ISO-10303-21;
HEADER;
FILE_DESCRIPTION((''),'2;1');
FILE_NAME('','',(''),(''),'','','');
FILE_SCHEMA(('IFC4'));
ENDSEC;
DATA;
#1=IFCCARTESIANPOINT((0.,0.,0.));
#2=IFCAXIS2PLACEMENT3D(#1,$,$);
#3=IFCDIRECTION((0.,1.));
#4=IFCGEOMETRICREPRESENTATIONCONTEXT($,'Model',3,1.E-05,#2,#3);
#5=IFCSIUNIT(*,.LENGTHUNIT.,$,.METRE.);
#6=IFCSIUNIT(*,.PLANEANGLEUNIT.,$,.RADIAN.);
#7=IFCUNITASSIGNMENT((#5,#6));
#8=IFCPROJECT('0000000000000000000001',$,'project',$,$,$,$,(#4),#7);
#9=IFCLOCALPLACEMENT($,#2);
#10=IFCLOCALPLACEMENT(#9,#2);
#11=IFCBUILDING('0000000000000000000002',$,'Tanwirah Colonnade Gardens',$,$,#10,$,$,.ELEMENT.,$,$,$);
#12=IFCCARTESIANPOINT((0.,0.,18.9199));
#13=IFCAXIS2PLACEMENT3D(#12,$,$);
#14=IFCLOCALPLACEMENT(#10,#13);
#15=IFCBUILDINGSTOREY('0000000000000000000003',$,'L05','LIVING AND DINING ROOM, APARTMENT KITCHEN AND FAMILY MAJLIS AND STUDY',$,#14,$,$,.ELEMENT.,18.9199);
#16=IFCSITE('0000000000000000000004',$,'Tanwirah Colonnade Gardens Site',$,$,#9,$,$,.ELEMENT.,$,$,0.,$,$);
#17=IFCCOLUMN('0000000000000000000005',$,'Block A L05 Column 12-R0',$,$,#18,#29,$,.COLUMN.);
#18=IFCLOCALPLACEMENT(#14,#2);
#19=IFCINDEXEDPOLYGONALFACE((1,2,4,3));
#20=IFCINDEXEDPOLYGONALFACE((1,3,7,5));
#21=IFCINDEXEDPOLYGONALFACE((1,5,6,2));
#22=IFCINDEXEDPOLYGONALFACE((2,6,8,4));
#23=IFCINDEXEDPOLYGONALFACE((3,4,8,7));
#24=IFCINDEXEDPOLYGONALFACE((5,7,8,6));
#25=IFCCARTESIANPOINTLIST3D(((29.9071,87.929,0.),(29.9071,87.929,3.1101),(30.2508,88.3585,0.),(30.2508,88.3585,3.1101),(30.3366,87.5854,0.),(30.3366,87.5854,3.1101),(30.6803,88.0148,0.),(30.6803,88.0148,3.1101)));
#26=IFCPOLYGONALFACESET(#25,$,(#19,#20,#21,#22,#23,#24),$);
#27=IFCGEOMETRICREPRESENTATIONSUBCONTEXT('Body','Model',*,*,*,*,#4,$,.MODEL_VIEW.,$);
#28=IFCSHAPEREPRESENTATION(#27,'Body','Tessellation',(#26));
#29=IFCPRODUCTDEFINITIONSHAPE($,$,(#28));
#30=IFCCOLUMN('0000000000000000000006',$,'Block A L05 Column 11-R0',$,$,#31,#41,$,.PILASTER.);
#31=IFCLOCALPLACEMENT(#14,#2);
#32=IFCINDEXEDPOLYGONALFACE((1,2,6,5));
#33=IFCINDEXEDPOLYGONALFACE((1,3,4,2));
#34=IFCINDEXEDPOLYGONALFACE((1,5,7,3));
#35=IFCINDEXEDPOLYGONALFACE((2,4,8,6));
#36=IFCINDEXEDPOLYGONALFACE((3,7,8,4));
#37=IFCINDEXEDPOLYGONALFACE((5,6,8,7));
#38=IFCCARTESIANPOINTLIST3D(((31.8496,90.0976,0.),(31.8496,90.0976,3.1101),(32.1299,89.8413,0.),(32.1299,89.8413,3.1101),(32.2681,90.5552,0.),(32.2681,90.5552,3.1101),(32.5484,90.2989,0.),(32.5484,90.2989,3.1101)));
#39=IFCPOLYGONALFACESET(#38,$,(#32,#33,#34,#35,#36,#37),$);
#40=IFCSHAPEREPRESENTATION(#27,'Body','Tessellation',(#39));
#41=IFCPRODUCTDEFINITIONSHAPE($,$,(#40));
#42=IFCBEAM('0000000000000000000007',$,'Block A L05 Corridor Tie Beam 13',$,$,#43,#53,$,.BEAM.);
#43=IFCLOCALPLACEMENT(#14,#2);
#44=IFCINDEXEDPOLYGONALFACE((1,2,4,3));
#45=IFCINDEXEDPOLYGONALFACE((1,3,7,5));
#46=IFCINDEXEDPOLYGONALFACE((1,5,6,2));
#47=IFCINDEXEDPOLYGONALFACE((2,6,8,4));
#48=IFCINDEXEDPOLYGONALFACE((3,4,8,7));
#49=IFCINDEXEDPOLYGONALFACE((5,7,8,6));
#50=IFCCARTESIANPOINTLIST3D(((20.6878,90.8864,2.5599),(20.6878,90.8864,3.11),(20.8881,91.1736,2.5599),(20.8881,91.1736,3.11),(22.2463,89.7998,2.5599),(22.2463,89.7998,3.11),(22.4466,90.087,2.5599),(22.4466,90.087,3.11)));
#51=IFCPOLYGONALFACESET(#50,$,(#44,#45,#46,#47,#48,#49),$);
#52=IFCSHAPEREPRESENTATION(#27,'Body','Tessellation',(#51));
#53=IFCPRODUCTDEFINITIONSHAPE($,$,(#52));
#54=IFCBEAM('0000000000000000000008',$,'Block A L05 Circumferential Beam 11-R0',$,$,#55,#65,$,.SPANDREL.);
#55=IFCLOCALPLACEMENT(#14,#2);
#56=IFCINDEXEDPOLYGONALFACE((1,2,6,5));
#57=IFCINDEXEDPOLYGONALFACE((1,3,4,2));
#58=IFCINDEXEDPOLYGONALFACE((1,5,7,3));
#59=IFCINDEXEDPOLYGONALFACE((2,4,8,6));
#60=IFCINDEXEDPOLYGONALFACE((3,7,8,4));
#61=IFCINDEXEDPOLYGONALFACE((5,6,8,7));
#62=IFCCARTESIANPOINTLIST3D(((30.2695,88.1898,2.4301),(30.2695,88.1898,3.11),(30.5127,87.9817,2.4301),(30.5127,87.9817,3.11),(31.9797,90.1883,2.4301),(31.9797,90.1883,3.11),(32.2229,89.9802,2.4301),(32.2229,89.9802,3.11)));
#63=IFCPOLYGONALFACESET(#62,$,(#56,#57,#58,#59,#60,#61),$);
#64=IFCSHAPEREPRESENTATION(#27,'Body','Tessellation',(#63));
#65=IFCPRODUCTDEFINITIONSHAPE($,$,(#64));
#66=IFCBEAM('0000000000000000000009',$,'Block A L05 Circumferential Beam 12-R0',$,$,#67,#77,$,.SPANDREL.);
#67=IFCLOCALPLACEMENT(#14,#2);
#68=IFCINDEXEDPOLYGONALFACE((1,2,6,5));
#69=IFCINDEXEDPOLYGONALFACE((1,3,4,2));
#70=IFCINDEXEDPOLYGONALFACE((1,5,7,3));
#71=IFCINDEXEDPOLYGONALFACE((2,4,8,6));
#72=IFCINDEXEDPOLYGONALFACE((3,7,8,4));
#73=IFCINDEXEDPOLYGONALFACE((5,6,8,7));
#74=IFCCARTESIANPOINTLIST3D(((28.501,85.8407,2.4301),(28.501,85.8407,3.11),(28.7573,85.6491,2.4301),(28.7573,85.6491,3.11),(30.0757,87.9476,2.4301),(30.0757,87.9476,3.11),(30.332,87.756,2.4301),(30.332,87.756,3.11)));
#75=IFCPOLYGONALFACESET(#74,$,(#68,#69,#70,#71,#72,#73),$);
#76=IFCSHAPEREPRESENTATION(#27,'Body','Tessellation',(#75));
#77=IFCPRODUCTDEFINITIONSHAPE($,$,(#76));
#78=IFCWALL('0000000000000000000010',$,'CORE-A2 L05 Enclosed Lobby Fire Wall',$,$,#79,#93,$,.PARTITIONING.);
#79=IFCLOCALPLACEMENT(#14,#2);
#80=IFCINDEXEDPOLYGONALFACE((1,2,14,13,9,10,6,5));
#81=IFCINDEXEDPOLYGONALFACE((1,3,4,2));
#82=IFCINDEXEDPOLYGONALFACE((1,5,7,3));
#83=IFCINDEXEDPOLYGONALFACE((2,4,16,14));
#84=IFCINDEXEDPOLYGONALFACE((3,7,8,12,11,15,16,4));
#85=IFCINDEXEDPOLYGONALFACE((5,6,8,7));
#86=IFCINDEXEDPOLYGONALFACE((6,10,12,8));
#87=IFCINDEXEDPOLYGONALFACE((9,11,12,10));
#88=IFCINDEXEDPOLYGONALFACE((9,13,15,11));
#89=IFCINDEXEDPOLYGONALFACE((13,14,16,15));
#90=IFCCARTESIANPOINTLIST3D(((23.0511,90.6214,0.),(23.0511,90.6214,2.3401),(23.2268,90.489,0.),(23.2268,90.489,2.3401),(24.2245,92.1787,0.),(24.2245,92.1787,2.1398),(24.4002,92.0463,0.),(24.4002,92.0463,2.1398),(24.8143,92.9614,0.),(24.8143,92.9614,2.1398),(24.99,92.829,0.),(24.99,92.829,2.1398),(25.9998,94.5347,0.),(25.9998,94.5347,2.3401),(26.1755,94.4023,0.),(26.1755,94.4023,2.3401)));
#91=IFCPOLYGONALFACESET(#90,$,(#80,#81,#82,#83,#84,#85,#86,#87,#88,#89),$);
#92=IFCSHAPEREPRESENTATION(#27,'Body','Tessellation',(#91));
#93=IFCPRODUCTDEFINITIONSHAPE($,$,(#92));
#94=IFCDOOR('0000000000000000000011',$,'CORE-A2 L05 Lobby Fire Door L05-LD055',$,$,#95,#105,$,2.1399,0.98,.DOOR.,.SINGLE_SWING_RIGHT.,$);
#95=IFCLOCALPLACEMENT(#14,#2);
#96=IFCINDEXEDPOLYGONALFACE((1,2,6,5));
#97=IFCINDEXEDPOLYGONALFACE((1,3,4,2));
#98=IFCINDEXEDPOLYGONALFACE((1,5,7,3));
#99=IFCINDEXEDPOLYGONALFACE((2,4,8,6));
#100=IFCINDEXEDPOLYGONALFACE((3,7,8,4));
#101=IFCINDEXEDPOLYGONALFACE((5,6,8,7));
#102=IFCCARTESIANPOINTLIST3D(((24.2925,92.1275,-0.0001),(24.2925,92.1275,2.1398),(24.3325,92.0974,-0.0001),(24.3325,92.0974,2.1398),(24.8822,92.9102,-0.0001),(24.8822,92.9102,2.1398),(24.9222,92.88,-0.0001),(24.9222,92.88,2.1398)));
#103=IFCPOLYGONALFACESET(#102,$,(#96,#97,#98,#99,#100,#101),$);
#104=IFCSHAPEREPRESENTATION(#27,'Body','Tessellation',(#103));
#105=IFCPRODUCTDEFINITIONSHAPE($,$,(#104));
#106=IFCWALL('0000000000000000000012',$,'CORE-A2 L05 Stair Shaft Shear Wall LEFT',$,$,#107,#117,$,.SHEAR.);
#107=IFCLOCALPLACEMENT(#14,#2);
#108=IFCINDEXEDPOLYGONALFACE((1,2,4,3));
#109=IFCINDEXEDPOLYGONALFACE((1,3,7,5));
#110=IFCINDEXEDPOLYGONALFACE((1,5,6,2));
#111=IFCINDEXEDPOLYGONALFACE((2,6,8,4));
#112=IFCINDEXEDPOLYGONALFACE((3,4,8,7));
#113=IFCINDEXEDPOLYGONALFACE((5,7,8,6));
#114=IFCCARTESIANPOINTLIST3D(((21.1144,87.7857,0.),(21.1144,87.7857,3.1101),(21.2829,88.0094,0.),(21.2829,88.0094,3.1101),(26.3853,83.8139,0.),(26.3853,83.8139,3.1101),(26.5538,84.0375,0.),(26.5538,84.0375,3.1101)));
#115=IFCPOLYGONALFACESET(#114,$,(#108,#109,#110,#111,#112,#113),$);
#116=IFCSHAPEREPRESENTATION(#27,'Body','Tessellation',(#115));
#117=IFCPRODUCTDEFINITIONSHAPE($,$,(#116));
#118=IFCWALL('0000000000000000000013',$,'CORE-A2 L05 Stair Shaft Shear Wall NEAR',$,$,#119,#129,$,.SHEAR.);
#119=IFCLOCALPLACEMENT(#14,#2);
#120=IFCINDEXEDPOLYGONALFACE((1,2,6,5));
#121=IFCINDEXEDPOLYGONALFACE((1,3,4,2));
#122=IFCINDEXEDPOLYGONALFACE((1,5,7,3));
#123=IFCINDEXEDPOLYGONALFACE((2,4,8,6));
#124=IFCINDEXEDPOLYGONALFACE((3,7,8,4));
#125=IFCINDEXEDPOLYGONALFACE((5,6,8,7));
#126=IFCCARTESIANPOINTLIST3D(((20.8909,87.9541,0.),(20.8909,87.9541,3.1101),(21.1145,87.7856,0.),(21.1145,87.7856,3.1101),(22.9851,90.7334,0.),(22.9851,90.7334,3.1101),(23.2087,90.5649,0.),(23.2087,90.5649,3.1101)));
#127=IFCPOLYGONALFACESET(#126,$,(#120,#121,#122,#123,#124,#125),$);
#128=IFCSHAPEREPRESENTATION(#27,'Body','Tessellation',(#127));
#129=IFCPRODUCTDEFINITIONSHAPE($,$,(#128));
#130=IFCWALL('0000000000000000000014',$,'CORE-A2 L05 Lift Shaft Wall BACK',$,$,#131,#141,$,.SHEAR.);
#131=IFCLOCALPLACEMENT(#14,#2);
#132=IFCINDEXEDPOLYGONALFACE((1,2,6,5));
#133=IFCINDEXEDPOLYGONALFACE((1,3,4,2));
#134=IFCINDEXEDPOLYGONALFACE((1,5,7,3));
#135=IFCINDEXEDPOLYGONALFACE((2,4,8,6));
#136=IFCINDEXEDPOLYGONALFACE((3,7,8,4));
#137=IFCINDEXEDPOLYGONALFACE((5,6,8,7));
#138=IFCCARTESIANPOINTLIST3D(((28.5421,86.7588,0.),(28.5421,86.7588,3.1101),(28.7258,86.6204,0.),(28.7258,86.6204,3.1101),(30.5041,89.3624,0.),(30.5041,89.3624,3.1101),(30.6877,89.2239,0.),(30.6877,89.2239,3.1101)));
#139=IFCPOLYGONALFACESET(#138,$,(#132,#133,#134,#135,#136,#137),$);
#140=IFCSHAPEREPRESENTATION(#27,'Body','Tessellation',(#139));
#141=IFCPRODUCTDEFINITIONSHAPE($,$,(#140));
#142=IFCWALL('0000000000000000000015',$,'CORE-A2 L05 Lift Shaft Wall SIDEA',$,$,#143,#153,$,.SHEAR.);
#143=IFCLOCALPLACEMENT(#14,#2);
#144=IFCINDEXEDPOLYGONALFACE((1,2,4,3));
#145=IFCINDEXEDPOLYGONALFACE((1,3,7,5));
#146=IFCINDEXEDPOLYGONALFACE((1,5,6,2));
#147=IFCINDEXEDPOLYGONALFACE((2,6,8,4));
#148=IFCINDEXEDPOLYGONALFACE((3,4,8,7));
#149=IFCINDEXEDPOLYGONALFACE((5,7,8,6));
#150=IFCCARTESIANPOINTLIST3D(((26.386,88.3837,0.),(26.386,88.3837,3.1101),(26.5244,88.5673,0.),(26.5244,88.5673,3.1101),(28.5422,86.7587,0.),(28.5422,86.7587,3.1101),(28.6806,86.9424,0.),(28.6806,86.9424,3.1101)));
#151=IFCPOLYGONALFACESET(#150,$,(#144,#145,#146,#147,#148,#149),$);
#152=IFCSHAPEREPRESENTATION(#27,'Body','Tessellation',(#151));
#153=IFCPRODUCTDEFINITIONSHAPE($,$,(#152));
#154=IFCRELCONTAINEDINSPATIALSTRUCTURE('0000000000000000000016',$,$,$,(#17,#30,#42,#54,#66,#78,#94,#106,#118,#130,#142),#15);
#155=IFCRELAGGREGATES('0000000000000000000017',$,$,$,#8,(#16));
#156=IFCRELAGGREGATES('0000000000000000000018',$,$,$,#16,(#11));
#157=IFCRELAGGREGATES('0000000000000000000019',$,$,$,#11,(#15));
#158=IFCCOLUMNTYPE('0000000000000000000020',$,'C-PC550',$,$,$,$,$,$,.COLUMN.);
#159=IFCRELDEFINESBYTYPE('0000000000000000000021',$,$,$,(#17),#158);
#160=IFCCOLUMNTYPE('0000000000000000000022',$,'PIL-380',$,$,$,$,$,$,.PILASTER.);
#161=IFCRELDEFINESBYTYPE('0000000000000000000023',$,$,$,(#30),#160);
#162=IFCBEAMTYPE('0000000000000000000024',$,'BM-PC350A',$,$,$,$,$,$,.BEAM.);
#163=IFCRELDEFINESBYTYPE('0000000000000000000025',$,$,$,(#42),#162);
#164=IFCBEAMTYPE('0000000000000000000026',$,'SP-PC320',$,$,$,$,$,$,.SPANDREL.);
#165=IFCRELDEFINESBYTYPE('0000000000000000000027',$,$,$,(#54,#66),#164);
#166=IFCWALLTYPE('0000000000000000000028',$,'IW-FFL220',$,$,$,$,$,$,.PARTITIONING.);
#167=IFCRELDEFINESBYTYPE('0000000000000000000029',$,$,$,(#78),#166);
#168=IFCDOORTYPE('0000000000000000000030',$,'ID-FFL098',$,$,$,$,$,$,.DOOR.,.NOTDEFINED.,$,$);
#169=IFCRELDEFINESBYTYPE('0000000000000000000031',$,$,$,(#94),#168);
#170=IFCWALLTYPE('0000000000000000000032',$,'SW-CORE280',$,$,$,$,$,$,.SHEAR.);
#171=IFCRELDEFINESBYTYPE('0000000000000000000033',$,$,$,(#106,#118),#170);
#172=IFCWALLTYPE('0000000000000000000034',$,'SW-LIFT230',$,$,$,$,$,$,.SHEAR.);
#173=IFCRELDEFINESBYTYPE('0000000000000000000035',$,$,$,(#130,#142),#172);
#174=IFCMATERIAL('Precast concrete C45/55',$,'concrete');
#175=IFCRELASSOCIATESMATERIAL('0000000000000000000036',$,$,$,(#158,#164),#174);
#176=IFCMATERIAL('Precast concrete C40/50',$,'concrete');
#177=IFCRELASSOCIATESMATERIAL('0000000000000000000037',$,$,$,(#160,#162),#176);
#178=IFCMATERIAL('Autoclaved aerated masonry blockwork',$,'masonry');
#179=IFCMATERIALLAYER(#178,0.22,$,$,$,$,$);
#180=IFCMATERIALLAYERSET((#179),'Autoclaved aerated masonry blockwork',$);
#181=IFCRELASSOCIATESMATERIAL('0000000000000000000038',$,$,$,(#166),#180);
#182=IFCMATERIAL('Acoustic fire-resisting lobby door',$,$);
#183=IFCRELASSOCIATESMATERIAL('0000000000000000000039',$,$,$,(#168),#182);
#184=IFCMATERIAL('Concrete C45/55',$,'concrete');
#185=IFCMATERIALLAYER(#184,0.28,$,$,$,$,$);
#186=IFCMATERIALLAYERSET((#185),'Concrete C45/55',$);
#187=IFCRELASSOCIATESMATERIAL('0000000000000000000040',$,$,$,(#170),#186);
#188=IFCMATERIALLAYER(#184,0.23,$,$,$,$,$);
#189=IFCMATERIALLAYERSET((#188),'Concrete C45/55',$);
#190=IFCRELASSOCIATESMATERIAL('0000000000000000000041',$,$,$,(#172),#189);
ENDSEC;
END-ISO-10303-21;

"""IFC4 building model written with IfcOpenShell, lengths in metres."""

from ifc_helpers import new_model, si_unit, direction, frame, frame_2d, origin, origin_2d, place, context, subcontext, project, spatial, rectangle, extrude, material, layer, layer_set, material_profile, profile_set, type_object, element, fill, save


model = new_model("IFC4")

# Units and contexts
model_context = context("Model", 3, precision=1e-05, world=origin(), true_north=direction((0.0, 1.0)))
body_context = subcontext(model_context, "Body", "Model", "MODEL_VIEW")
ifc_project = project(units=[si_unit("LENGTHUNIT", "METRE"), si_unit("PLANEANGLEUNIT", "RADIAN")], contexts=[model_context])

# Site, building, storey
site_placement = place(None, origin())
site = spatial("IfcSite", under=ifc_project, at=site_placement, Name="Tanwirah Colonnade Gardens Site", CompositionType="ELEMENT", RefElevation=0.0)
building_placement = place(site_placement, origin())
building = spatial("IfcBuilding", under=site, at=building_placement, Name="Tanwirah Colonnade Gardens", CompositionType="ELEMENT")
storey_placement = place(building_placement, frame((0.0, 0.0, 18.9199)))
storey = spatial("IfcBuildingStorey", under=building, at=storey_placement, Name="L05", Description="LIVING AND DINING ROOM, APARTMENT KITCHEN AND FAMILY MAJLIS AND STUDY", CompositionType="ELEMENT", Elevation=18.9199)

# Columns
ifc_material_1 = material(Name="Precast concrete C45/55", Category="concrete")
ifc_material_profile_1 = material_profile(ifc_material_1, rectangle(XDim=0.55, YDim=0.55, at=origin_2d()), Name="PC-COL 550x550")
ifc_profile_set_1 = profile_set([ifc_material_profile_1], Name="Precast concrete C45/55")
column_type_1 = type_object("IfcColumnType", Name="C-PC550", PredefinedType="COLUMN", material=ifc_profile_set_1)
column_1_placement = place(storey_placement, frame((30.2937, 87.9719, 0.0), z_axis=(0.0, 0.0, 1.0), x_axis=(-0.780794, 0.624788, 0.0)))
element("IfcColumn", 1, at=column_1_placement, inside=storey, type_object=column_type_1, Name="Block A L05 Column 12-R0", PredefinedType="COLUMN", context=body_context, shape_type="SweptSolid", body=[
    extrude(rectangle(XDim=0.55, YDim=0.55, at=origin_2d()), origin(), (0.0, 0.0, 1.0), 3.1101),
])
ifc_material_2 = material(Name="Precast concrete C40/50", Category="concrete")
ifc_material_profile_2 = material_profile(ifc_material_2, rectangle(XDim=0.3799, YDim=0.6201, at=origin_2d()), Name="PC-PIL 380x620")
ifc_profile_set_2 = profile_set([ifc_material_profile_2], Name="Precast concrete C40/50")
column_type_2 = type_object("IfcColumnType", Name="PIL-380", PredefinedType="PILASTER", material=ifc_profile_set_2)
column_2_placement = place(storey_placement, frame((32.199, 90.1982, 0.0), z_axis=(0.0, 0.0, 1.0), x_axis=(-0.737932, 0.674875, 0.0)))
element("IfcColumn", 2, at=column_2_placement, inside=storey, type_object=column_type_2, Name="Block A L05 Column 11-R0", PredefinedType="PILASTER", context=body_context, shape_type="SweptSolid", body=[
    extrude(rectangle(XDim=0.3799, YDim=0.6201, at=origin_2d()), origin(), (0.0, 0.0, 1.0), 3.1101),
])

# Beams
ifc_material_profile_3 = material_profile(ifc_material_2, rectangle(XDim=0.3501, YDim=0.55, at=origin_2d()), Name="PC-BM 350x550")
ifc_profile_set_3 = profile_set([ifc_material_profile_3], Name="Precast concrete C40/50")
beam_type_1 = type_object("IfcBeamType", Name="BM-PC350A", PredefinedType="BEAM", material=ifc_profile_set_3)
beam_placement = place(storey_placement, frame((22.3464, 89.9434, 2.835), z_axis=(-0.820305, 0.571926, 0.0), x_axis=(-0.571926, -0.820305, 0.0)))
element("IfcBeam", 3, at=beam_placement, inside=storey, type_object=beam_type_1, Name="Block A L05 Corridor Tie Beam 13", PredefinedType="BEAM", context=body_context, shape_type="SweptSolid", body=[
    extrude(rectangle(XDim=0.3501, YDim=0.55, at=origin_2d()), origin(), (0.0, 0.0, 1.0), 1.8999),
])
ifc_material_profile_4 = material_profile(ifc_material_1, rectangle(XDim=0.3201, YDim=0.6799, at=origin_2d()), Name="PC-SP 320x680")
ifc_profile_set_4 = profile_set([ifc_material_profile_4], Name="Precast concrete C45/55")
beam_type_2 = type_object("IfcBeamType", Name="SP-PC320", PredefinedType="SPANDREL", material=ifc_profile_set_4)
for number, where, z_axis, x_axis, name in (
    (4, (32.1013, 90.0842, 2.77), (-0.650172, -0.759787, 0.0), (0.759787, -0.650172, 0.0), "Block A L05 Circumferential Beam 11-R0"),
    (5, (30.2039, 87.8518, 2.77), (-0.598663, -0.801001, 0.0), (0.801001, -0.598663, 0.0), "Block A L05 Circumferential Beam 12-R0"),
):
    element("IfcBeam", number, at=place(storey_placement, frame(where, z_axis=z_axis, x_axis=x_axis)), inside=storey, type_object=beam_type_2, Name=name, PredefinedType="SPANDREL", context=body_context, shape_type="SweptSolid", body=[
        extrude(rectangle(XDim=0.3201, YDim=0.6799, at=origin_2d()), origin(), (0.0, 0.0, 1.0), 2.6304),
    ])

# Wall, opening, door
ifc_material_3 = material(Name="Autoclaved aerated masonry blockwork", Category="masonry")
ifc_layer_1 = layer(ifc_material_3, 0.22)
ifc_layer_set_1 = layer_set([ifc_layer_1], Name="Autoclaved aerated masonry blockwork")
wall_type_1 = type_object("IfcWallType", Name="IW-FFL220", PredefinedType="PARTITIONING", material=ifc_layer_set_1)
wall_1_placement = place(storey_placement, frame((23.1389, 90.5552, 0.0), z_axis=(0.0, 0.0, 1.0), x_axis=(0.601792, 0.798653, 0.0)))
wall_1 = element("IfcWall", 6, at=wall_1_placement, inside=storey, type_object=wall_type_1, Name="CORE-A2 L05 Enclosed Lobby Fire Wall", PredefinedType="PARTITIONING", context=body_context, shape_type="SweptSolid", body=[
    extrude(rectangle(XDim=4.8999, YDim=0.22, at=frame_2d((2.45, 0.0))), origin(), (0.0, 0.0, 1.0), 2.3401),
])
opening_1_placement = place(wall_1_placement, frame((1.95, 0.0, 0.0)))
opening_1 = element("IfcOpeningElement", 7, at=opening_1_placement, cuts=wall_1, PredefinedType="OPENING", context=body_context, shape_type="SweptSolid", body=[
    extrude(rectangle(XDim=0.98, YDim=2.1399, at=frame_2d((0.49, 1.0698))), frame((0.0, 0.1199, 0.0), z_axis=(0.0, -1.0, 0.0), x_axis=(1.0, 0.0, 0.0)), (0.0, 0.0, 1.0), 0.24),
])
ifc_material_4 = material(Name="Acoustic fire-resisting lobby door")
door_type_1 = type_object("IfcDoorType", Name="ID-FFL098", OperationType="NOTDEFINED", PredefinedType="DOOR", material=ifc_material_4)
door_1_placement = place(opening_1_placement, origin())
door_1 = element("IfcDoor", 8, at=door_1_placement, inside=storey, type_object=door_type_1, Name="CORE-A2 L05 Lobby Fire Door L05-LD055", OperationType="SINGLE_SWING_RIGHT", OverallHeight=2.1399, OverallWidth=0.98, PredefinedType="DOOR", context=body_context, shape_type="SweptSolid", body=[
    extrude(rectangle(XDim=0.98, YDim=2.1399, at=frame_2d((0.49, 1.0698))), frame((0.0, 0.0249, 0.0), z_axis=(0.0, -1.0, 0.0), x_axis=(1.0, 0.0, 0.0)), (0.0, 0.0, 1.0), 0.05),
])
fill(opening_1, door_1)

# Walls
ifc_material_5 = material(Name="Concrete C45/55", Category="concrete")
ifc_layer_2 = layer(ifc_material_5, 0.28)
ifc_layer_set_2 = layer_set([ifc_layer_2], Name="Concrete C45/55")
wall_type_2 = type_object("IfcWallType", Name="SW-CORE280", PredefinedType="SHEAR", material=ifc_layer_set_2)
wall_2_placement = place(storey_placement, frame((21.1987, 87.8975, 0.0), z_axis=(0.0, 0.0, 1.0), x_axis=(0.79864, -0.60181, 0.0)))
element("IfcWall", 9, at=wall_2_placement, inside=storey, type_object=wall_type_2, Name="CORE-A2 L05 Stair Shaft Shear Wall LEFT", PredefinedType="SHEAR", context=body_context, shape_type="SweptSolid", body=[
    extrude(rectangle(XDim=6.5999, YDim=0.28, at=frame_2d((3.2998, 0.0))), origin(), (0.0, 0.0, 1.0), 3.1101),
])
wall_3_placement = place(storey_placement, frame((21.0027, 87.8699, 0.0), z_axis=(0.0, 0.0, 1.0), x_axis=(0.601794, 0.798651, 0.0)))
element("IfcWall", 10, at=wall_3_placement, inside=storey, type_object=wall_type_2, Name="CORE-A2 L05 Stair Shaft Shear Wall NEAR", PredefinedType="SHEAR", context=body_context, shape_type="SweptSolid", body=[
    extrude(rectangle(XDim=3.48, YDim=0.28, at=frame_2d((1.74, 0.0))), origin(), (0.0, 0.0, 1.0), 3.1101),
])

# Shared definitions
ifc_layer_3 = layer(ifc_material_5, 0.23)
ifc_layer_set_3 = layer_set([ifc_layer_3], Name="Concrete C45/55")
wall_type_3 = type_object("IfcWallType", Name="SW-LIFT230", PredefinedType="SHEAR", material=ifc_layer_set_3)

# Walls
wall_4_placement = place(storey_placement, frame((28.634, 86.6897, 0.0), z_axis=(0.0, 0.0, 1.0), x_axis=(0.60182, 0.798632, 0.0)))
element("IfcWall", 11, at=wall_4_placement, inside=storey, type_object=wall_type_3, Name="CORE-A2 L05 Lift Shaft Wall BACK", PredefinedType="SHEAR", context=body_context, shape_type="SweptSolid", body=[
    extrude(rectangle(XDim=3.26, YDim=0.23, at=frame_2d((1.6299, 0.0))), origin(), (0.0, 0.0, 1.0), 3.1101),
])
wall_5_placement = place(storey_placement, frame((26.4551, 88.4756, 0.0), z_axis=(0.0, 0.0, 1.0), x_axis=(0.798609, -0.60185, 0.0)))
element("IfcWall", 12, at=wall_5_placement, inside=storey, type_object=wall_type_3, Name="CORE-A2 L05 Lift Shaft Wall SIDEA", PredefinedType="SHEAR", context=body_context, shape_type="SweptSolid", body=[
    extrude(rectangle(XDim=2.7, YDim=0.23, at=frame_2d((1.3501, 0.0))), origin(), (0.0, 0.0, 1.0), 3.1101),
])

save(model, "model.ifc")
